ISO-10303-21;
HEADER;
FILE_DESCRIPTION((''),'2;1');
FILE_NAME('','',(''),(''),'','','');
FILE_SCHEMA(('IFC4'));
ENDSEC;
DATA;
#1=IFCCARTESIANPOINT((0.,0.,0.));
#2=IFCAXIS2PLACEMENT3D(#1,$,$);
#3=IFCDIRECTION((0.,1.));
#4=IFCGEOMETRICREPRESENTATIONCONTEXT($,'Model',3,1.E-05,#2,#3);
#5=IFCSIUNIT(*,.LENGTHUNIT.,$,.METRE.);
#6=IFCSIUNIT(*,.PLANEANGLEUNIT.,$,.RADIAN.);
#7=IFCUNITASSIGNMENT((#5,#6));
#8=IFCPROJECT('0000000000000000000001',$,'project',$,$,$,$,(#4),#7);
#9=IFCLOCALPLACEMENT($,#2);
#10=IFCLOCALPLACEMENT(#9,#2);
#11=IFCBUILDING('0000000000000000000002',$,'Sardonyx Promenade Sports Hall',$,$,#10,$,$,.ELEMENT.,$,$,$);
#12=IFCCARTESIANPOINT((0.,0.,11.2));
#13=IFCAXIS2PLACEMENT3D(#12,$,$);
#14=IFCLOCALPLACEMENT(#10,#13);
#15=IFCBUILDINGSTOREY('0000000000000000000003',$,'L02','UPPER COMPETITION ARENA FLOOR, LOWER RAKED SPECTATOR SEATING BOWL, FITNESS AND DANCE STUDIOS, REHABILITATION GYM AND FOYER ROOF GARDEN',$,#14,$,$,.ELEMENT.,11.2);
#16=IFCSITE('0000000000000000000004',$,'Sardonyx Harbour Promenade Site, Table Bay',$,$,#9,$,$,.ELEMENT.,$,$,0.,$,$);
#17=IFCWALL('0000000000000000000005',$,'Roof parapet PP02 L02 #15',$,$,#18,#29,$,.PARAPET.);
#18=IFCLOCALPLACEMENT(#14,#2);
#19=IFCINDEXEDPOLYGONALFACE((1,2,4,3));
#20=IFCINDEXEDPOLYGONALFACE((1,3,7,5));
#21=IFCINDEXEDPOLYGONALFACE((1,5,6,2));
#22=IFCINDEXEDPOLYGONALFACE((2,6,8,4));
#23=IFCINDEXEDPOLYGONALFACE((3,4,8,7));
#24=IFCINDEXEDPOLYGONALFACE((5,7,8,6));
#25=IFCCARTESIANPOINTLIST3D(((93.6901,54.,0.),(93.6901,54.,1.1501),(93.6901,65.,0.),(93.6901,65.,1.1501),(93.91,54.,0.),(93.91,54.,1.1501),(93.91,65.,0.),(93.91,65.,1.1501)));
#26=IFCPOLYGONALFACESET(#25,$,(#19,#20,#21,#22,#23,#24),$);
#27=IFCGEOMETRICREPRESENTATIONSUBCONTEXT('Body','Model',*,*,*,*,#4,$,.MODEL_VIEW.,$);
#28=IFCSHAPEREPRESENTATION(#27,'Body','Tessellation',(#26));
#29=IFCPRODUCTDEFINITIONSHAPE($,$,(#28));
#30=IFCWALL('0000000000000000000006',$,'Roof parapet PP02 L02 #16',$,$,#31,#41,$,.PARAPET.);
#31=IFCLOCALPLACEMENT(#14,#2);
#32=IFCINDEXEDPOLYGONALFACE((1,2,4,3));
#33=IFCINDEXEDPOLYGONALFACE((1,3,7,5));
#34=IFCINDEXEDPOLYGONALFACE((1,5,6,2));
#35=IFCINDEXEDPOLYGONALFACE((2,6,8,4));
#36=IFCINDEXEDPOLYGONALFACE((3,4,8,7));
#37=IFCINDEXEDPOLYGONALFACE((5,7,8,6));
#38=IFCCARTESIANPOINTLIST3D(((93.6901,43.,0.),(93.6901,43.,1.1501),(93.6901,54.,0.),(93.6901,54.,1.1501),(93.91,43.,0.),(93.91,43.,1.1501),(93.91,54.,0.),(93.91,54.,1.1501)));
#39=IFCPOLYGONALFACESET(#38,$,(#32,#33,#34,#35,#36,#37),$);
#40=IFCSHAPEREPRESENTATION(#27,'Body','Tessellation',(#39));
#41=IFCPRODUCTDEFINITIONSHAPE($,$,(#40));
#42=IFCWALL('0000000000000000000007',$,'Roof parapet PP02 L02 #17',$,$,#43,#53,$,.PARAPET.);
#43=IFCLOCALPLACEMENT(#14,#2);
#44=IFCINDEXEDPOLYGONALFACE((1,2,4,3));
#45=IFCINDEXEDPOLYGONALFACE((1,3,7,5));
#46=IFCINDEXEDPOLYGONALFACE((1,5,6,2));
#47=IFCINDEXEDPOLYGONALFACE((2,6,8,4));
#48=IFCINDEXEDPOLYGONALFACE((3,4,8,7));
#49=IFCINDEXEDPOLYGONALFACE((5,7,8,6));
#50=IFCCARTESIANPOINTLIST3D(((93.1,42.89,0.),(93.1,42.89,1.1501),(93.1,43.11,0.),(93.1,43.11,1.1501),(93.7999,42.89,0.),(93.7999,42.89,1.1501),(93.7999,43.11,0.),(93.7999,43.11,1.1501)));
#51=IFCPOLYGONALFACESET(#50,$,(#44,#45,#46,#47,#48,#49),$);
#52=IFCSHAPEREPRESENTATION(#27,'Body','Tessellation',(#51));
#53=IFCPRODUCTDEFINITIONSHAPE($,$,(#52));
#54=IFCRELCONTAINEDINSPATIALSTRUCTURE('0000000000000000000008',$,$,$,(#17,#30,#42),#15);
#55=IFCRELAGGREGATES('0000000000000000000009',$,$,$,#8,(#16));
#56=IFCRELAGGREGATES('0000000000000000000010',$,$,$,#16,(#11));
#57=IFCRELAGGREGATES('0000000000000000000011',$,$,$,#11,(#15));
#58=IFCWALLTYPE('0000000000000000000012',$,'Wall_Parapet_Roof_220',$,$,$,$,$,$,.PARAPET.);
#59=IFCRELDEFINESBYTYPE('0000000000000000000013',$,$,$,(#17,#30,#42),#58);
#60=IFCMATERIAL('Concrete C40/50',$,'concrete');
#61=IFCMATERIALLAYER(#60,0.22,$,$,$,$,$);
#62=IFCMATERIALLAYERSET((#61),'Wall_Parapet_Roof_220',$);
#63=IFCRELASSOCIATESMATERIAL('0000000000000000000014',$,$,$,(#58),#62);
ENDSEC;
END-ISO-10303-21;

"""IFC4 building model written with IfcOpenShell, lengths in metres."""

from ifc_helpers import new_model, si_unit, direction, frame, frame_2d, origin, place, context, subcontext, project, spatial, rectangle, extrude, material, layer, layer_set, type_object, element, save


model = new_model("IFC4")

# Units and contexts
model_context = context("Model", 3, precision=1e-05, world=origin(), true_north=direction((0.0, 1.0)))
body_context = subcontext(model_context, "Body", "Model", "MODEL_VIEW")
ifc_project = project(units=[si_unit("LENGTHUNIT", "METRE"), si_unit("PLANEANGLEUNIT", "RADIAN")], contexts=[model_context])

# Site, building, storey
site_placement = place(None, origin())
site = spatial("IfcSite", under=ifc_project, at=site_placement, Name="Sardonyx Harbour Promenade Site, Table Bay", CompositionType="ELEMENT", RefElevation=0.0)
building_placement = place(site_placement, origin())
building = spatial("IfcBuilding", under=site, at=building_placement, Name="Sardonyx Promenade Sports Hall", CompositionType="ELEMENT")
storey_placement = place(building_placement, frame((0.0, 0.0, 11.2)))
storey = spatial("IfcBuildingStorey", under=building, at=storey_placement, Name="L02", Description="UPPER COMPETITION ARENA FLOOR, LOWER RAKED SPECTATOR SEATING BOWL, FITNESS AND DANCE STUDIOS, REHABILITATION GYM AND FOYER ROOF GARDEN", CompositionType="ELEMENT", Elevation=11.2)

# Walls
ifc_material_1 = material(Name="Concrete C40/50", Category="concrete")
ifc_layer = layer(ifc_material_1, 0.22)
ifc_layer_set = layer_set([ifc_layer], Name="Wall_Parapet_Roof_220")
wall_type = type_object("IfcWallType", Name="Wall_Parapet_Roof_220", PredefinedType="PARAPET", material=ifc_layer_set)
for number, where, z_axis, x_axis, name in (
    (1, (93.8, 65.0, 0.0), (0.0, 0.0, 1.0), (0.0, -1.0, 0.0), "Roof parapet PP02 L02 #15"),
    (2, (93.8, 54.0, 0.0), (0.0, 0.0, 1.0), (0.0, -1.0, 0.0), "Roof parapet PP02 L02 #16"),
):
    element("IfcWall", number, at=place(storey_placement, frame(where, z_axis=z_axis, x_axis=x_axis)), inside=storey, type_object=wall_type, Name=name, PredefinedType="PARAPET", context=body_context, shape_type="SweptSolid", body=[
        extrude(rectangle(XDim=11.0, YDim=0.22, at=frame_2d((5.5, 0.0))), origin(), (0.0, 0.0, 1.0), 1.1501),
    ])
wall_1_placement = place(storey_placement, frame((93.8, 43.0, 0.0), z_axis=(0.0, 0.0, 1.0), x_axis=(-1.0, 0.0, 0.0)))
element("IfcWall", 3, at=wall_1_placement, inside=storey, type_object=wall_type, Name="Roof parapet PP02 L02 #17", PredefinedType="PARAPET", context=body_context, shape_type="SweptSolid", body=[
    extrude(rectangle(XDim=0.7, YDim=0.22, at=frame_2d((0.3501, 0.0))), origin(), (0.0, 0.0, 1.0), 1.1501),
])

save(model, "model.ifc")
